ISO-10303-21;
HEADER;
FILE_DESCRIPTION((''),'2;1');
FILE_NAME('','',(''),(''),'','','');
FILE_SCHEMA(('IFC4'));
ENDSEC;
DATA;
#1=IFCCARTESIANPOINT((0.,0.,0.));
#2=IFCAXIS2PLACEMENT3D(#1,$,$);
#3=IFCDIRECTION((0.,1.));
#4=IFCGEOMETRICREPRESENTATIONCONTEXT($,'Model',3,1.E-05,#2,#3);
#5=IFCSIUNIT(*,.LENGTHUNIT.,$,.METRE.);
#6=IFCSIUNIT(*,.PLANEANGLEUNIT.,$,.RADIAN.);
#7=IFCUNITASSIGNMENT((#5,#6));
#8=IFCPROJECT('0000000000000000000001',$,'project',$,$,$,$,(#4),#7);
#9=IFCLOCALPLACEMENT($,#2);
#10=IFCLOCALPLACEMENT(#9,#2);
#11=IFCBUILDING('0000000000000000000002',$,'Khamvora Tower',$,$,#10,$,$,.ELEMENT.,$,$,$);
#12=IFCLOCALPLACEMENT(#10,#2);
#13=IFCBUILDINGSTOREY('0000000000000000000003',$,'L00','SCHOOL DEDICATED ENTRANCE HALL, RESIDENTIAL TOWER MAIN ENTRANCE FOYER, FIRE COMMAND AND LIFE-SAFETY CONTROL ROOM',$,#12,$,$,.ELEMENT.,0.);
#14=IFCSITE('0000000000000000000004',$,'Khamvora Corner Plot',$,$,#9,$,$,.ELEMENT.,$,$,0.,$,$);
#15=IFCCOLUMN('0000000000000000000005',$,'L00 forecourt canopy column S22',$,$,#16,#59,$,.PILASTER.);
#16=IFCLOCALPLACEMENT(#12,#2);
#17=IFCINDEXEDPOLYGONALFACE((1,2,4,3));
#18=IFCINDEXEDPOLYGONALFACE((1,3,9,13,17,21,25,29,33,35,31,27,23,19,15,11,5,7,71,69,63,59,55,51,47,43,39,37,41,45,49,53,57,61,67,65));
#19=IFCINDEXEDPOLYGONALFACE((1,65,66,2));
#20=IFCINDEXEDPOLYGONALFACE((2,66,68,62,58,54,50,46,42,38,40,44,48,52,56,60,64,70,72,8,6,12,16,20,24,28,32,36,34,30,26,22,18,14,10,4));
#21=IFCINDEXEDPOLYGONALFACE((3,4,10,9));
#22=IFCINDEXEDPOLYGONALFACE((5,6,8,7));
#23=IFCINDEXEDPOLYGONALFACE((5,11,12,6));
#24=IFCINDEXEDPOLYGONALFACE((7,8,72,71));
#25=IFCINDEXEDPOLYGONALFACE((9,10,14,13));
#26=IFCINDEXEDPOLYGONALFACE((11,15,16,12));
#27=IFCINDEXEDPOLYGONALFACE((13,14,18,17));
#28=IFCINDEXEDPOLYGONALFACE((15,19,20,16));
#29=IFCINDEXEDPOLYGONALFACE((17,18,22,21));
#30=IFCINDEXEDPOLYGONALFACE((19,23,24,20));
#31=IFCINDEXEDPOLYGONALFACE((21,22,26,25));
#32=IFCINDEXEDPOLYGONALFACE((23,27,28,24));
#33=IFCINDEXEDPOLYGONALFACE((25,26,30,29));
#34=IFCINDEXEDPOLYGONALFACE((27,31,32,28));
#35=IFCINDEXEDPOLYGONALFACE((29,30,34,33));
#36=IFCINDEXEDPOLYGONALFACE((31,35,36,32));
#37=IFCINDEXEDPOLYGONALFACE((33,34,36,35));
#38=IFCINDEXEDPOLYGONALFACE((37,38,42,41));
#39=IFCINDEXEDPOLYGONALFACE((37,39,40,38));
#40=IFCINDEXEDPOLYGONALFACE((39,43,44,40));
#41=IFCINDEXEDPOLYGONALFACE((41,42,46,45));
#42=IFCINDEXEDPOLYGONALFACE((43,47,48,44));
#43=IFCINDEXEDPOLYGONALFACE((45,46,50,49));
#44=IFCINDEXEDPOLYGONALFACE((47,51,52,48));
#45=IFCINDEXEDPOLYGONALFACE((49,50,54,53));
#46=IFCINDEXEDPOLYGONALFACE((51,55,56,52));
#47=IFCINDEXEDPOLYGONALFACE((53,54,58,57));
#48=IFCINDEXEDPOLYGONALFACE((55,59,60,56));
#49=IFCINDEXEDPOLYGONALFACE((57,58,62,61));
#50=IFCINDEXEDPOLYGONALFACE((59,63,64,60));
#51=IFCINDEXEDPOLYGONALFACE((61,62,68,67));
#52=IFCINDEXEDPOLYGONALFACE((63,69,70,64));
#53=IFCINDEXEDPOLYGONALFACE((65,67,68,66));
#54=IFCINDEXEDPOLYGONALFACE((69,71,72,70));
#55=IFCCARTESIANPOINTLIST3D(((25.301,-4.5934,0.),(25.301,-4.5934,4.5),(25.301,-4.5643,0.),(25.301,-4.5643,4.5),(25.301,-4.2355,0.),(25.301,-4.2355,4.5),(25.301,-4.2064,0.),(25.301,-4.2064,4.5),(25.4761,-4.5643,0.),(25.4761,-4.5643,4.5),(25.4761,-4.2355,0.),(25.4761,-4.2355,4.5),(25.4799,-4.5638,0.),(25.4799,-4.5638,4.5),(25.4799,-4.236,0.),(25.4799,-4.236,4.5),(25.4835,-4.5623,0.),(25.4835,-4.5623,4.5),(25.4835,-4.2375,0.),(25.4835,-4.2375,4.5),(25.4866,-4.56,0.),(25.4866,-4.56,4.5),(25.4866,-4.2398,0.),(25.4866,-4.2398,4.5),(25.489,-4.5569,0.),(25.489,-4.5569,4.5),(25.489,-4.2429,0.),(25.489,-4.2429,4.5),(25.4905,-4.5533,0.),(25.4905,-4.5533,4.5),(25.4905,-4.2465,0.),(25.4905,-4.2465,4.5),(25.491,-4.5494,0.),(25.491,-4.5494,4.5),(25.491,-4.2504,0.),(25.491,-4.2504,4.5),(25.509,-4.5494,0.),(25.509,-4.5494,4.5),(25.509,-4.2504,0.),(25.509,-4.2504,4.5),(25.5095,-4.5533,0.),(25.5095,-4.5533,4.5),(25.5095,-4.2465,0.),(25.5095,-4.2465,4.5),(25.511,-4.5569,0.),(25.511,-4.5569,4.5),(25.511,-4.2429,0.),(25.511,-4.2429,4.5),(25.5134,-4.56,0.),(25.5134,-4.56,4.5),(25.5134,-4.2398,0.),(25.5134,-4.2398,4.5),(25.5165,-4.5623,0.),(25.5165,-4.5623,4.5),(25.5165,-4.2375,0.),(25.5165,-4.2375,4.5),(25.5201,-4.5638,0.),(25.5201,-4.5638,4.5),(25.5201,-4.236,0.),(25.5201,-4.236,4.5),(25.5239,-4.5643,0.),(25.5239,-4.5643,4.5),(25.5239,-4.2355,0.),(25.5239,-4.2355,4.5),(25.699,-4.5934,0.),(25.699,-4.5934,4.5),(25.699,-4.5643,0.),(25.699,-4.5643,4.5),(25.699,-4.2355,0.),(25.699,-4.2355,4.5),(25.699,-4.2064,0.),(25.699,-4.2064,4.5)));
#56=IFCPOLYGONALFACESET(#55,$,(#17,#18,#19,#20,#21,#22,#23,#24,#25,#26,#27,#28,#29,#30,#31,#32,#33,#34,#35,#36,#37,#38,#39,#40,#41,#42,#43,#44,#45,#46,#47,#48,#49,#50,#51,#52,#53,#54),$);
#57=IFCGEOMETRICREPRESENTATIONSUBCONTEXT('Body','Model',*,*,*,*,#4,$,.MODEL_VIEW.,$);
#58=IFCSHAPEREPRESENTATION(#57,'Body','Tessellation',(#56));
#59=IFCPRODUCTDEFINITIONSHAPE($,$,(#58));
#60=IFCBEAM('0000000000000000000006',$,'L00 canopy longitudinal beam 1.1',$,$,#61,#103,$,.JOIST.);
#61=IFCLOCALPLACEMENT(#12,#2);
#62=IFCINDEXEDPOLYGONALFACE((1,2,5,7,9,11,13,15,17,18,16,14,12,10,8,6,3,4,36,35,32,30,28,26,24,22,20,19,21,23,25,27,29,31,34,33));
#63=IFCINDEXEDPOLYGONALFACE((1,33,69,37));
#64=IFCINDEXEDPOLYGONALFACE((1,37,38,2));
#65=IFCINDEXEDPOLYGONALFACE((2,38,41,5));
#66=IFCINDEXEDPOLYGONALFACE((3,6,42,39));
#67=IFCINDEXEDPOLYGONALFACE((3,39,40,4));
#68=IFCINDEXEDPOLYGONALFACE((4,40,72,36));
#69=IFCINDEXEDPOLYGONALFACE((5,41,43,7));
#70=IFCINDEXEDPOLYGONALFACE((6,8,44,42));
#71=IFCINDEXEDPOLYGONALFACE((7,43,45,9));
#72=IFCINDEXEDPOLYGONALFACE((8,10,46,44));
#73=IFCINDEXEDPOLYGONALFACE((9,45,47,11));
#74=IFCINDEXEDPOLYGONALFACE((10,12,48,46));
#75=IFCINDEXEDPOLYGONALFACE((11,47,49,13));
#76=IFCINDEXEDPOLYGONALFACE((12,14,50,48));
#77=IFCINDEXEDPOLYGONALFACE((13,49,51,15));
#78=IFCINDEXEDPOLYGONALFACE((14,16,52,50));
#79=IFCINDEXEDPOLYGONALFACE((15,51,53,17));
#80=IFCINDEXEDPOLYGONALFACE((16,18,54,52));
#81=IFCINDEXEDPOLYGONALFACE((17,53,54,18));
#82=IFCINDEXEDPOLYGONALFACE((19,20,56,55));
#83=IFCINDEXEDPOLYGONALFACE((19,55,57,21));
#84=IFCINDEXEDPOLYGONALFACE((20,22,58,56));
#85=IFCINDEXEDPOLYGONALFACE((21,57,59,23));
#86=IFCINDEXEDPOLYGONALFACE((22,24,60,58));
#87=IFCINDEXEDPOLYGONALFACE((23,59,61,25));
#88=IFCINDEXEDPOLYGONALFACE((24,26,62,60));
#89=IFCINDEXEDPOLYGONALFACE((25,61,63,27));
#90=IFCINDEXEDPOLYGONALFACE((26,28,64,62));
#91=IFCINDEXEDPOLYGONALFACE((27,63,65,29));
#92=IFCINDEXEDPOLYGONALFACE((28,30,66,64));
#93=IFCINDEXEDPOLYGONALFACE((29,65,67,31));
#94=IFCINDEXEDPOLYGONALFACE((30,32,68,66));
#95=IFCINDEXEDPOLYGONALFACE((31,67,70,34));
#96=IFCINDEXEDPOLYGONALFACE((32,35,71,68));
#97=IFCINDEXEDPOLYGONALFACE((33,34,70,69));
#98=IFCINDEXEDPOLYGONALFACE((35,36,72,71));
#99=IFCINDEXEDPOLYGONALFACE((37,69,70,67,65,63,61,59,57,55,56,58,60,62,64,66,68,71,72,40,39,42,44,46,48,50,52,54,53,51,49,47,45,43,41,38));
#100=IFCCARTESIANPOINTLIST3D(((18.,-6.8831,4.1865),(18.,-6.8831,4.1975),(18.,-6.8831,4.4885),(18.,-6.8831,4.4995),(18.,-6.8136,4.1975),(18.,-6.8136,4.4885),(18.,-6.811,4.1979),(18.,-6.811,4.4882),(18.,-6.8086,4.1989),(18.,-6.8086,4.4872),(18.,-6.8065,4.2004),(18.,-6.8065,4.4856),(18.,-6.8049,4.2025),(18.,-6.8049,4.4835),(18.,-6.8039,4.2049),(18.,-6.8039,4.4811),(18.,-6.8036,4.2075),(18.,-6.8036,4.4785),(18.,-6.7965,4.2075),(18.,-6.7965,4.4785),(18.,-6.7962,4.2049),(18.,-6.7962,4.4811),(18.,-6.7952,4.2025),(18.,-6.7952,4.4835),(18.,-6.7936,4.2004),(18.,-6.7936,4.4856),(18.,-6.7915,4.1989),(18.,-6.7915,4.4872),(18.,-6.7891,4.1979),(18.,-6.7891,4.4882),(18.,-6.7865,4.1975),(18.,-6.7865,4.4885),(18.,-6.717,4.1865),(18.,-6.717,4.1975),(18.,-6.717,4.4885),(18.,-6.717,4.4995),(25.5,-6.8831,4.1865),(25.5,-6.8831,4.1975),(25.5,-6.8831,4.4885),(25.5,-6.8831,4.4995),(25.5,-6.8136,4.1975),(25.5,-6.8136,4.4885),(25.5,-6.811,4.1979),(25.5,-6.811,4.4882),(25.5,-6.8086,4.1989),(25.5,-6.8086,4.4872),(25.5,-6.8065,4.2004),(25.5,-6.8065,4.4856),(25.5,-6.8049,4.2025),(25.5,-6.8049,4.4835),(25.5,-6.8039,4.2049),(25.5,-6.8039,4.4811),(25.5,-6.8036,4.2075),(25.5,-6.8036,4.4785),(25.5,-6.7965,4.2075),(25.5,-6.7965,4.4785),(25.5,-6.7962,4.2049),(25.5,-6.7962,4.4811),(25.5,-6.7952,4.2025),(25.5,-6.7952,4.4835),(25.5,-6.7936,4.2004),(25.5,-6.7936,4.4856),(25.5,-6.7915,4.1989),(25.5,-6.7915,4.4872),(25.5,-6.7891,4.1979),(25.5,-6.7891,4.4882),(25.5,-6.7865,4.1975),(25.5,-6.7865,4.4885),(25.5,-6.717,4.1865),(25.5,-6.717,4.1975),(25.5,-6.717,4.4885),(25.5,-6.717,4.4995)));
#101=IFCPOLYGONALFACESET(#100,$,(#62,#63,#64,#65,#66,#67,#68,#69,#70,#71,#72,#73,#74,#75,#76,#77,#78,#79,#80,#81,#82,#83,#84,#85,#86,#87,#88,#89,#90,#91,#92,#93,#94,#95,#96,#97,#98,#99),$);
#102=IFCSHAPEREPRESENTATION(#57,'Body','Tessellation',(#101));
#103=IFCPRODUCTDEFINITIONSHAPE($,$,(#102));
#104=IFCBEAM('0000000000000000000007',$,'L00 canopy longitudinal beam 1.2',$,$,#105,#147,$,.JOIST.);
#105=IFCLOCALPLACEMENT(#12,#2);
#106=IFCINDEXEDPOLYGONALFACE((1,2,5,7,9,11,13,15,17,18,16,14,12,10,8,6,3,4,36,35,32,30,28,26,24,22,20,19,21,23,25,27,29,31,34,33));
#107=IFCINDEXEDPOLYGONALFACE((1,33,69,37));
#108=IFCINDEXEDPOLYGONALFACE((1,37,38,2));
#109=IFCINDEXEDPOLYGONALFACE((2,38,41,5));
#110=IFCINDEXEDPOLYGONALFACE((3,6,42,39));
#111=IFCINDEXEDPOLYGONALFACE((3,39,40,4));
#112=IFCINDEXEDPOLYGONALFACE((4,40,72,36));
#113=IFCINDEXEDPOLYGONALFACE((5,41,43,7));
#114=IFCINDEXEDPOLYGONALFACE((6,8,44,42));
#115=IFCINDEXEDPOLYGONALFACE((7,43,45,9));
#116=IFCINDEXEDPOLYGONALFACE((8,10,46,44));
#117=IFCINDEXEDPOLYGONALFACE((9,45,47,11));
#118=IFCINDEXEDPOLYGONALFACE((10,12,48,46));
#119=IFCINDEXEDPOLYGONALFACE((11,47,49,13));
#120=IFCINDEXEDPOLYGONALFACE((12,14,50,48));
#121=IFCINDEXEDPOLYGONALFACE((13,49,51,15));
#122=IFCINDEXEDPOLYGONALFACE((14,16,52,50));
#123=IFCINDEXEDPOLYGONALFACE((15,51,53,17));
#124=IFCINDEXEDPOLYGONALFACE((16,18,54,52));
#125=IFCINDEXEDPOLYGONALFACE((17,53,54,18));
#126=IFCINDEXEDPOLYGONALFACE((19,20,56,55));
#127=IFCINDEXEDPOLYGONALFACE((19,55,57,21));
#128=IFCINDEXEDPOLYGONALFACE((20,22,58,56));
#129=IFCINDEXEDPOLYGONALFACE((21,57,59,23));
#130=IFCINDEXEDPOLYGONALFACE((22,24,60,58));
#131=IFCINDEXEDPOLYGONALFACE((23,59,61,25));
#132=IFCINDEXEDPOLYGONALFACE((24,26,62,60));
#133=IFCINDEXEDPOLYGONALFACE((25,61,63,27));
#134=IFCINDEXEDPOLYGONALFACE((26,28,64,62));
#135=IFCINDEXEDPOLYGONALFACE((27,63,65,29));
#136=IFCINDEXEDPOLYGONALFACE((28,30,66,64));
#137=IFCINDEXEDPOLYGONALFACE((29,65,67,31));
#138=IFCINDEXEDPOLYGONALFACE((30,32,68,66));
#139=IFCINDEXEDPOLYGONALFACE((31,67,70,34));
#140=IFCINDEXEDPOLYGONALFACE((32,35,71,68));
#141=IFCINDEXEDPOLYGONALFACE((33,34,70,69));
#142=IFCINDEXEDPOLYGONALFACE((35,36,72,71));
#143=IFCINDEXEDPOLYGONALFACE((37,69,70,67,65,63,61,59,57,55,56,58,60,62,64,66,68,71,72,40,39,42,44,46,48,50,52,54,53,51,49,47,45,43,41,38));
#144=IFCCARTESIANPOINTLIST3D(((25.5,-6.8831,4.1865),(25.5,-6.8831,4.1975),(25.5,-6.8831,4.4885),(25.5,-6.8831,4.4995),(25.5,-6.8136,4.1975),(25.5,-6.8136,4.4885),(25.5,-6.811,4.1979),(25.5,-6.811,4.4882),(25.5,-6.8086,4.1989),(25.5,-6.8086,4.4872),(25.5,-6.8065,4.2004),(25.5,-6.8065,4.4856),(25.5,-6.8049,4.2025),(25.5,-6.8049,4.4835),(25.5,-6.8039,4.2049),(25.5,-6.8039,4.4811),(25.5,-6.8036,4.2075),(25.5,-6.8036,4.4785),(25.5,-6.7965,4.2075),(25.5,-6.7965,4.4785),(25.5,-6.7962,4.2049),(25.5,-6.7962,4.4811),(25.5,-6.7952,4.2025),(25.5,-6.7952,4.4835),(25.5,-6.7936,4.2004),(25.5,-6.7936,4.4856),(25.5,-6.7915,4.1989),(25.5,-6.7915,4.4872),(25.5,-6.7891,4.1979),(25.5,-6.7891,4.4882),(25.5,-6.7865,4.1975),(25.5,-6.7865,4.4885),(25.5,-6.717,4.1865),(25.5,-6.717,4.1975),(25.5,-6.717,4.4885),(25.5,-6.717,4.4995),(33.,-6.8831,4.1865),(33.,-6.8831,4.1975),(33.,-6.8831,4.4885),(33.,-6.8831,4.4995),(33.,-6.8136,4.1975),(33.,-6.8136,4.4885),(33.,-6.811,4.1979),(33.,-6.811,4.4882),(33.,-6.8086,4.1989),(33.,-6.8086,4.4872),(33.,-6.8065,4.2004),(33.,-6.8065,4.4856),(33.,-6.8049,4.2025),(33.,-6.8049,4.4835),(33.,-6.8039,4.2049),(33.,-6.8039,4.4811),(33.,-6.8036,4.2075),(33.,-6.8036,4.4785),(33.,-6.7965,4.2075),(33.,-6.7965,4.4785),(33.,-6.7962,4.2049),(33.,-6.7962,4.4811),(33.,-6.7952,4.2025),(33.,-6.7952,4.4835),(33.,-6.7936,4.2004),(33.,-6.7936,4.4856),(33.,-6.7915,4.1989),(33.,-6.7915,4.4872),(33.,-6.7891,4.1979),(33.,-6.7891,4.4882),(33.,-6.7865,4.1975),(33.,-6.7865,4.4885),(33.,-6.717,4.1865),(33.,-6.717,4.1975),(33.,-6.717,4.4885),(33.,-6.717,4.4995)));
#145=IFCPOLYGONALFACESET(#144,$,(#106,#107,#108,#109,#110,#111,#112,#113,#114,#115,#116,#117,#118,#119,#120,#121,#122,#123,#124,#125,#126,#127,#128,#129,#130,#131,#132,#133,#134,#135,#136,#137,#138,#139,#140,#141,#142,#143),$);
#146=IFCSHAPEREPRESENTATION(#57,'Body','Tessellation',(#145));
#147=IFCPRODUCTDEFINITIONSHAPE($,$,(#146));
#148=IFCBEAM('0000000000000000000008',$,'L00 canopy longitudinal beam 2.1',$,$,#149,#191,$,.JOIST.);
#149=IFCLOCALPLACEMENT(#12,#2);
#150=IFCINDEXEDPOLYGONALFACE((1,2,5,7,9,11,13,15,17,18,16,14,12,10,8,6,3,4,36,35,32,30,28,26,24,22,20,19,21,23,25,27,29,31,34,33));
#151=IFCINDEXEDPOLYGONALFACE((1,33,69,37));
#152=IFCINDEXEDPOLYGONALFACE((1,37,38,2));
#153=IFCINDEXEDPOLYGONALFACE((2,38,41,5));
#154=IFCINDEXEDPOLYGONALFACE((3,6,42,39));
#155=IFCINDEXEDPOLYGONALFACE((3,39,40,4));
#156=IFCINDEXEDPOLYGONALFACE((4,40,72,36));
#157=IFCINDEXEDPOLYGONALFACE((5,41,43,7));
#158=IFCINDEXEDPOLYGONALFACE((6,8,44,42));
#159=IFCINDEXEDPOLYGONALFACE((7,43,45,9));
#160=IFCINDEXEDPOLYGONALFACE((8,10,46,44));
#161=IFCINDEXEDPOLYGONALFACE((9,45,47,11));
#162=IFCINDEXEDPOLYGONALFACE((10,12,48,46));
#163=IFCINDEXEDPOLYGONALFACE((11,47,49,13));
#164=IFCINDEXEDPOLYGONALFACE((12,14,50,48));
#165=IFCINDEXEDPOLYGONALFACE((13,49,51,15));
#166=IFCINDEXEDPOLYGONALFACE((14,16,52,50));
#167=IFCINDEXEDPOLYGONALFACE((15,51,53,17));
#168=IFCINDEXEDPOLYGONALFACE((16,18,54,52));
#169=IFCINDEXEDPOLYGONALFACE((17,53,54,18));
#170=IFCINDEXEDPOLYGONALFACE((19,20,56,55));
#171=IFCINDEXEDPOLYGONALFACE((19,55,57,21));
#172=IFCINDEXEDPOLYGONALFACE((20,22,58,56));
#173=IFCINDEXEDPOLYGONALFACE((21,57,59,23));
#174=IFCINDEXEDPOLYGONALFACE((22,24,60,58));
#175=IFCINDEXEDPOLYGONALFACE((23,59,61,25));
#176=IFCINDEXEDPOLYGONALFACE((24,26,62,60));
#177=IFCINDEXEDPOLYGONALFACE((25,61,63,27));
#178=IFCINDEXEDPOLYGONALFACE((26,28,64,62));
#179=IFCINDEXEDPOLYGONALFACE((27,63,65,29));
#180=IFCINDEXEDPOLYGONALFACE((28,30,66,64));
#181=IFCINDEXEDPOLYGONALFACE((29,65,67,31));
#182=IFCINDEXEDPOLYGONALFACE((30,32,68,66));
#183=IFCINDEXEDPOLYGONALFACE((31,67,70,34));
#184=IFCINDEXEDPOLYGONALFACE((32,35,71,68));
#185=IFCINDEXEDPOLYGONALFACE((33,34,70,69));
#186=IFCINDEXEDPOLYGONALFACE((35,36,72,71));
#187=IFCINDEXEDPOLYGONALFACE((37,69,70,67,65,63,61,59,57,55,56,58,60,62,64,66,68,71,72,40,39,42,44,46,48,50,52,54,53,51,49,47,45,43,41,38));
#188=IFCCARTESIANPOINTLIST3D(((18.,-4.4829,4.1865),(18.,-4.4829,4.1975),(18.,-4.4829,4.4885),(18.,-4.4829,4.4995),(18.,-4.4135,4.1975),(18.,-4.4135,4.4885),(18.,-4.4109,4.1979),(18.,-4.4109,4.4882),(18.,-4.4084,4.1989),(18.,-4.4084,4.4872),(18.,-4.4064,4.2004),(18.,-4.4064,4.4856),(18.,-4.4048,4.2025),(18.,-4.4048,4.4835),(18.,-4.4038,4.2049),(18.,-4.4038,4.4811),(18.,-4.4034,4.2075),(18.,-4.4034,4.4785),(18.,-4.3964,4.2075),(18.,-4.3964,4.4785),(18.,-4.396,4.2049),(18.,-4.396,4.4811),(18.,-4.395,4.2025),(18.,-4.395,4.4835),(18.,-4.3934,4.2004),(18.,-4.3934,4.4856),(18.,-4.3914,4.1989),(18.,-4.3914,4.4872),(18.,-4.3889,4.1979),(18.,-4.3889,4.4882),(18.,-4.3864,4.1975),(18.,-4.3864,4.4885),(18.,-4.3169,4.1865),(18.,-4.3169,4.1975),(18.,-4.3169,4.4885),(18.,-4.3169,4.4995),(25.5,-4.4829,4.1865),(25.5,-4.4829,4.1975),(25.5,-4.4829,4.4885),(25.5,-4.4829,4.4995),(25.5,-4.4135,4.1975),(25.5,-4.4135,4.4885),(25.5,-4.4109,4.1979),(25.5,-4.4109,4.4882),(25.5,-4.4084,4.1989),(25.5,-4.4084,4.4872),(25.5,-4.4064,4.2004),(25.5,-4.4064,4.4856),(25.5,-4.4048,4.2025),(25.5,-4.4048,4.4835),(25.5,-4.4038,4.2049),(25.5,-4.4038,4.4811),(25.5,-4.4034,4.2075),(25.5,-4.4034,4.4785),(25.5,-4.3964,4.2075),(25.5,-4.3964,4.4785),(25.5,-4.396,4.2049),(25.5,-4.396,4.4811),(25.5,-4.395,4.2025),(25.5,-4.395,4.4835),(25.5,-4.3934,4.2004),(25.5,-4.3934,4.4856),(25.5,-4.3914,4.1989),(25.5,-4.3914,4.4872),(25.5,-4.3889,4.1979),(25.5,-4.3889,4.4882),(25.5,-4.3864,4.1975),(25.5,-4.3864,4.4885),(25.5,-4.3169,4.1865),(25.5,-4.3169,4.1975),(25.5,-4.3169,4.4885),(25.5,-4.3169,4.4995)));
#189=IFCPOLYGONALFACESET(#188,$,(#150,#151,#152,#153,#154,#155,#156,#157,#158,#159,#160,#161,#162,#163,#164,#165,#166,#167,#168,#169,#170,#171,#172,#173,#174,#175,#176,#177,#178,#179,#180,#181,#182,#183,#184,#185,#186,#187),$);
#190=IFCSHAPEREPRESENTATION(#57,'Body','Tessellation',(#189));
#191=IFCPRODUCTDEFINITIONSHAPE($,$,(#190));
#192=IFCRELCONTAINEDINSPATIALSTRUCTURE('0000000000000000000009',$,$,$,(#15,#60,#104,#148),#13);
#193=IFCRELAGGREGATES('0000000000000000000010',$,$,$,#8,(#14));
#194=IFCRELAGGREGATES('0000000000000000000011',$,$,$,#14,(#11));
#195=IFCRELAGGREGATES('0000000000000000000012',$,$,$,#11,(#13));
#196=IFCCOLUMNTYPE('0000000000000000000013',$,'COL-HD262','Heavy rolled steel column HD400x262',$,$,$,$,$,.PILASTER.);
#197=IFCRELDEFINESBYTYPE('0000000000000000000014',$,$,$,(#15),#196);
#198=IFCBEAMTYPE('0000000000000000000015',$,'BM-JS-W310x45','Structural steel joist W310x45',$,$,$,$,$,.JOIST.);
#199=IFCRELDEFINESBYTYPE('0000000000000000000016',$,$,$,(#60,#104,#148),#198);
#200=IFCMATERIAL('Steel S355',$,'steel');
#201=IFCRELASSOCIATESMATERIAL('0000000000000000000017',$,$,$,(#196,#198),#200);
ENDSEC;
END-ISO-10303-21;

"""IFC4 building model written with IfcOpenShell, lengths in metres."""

from ifc_helpers import new_model, si_unit, direction, frame, origin, origin_2d, place, context, subcontext, project, spatial, i_section, extrude, material, material_profile, profile_set, type_object, element, save


model = new_model("IFC4")

# Units and contexts
model_context = context("Model", 3, precision=1e-05, world=origin(), true_north=direction((0.0, 1.0)))
body_context = subcontext(model_context, "Body", "Model", "MODEL_VIEW")
ifc_project = project(units=[si_unit("LENGTHUNIT", "METRE"), si_unit("PLANEANGLEUNIT", "RADIAN")], contexts=[model_context])

# Site, building, storey
site_placement = place(None, origin())
site = spatial("IfcSite", under=ifc_project, at=site_placement, Name="Khamvora Corner Plot", CompositionType="ELEMENT", RefElevation=0.0)
building_placement = place(site_placement, origin())
building = spatial("IfcBuilding", under=site, at=building_placement, Name="Khamvora Tower", CompositionType="ELEMENT")
storey_placement = place(building_placement, origin())
storey = spatial("IfcBuildingStorey", under=building, at=storey_placement, Name="L00", Description="SCHOOL DEDICATED ENTRANCE HALL, RESIDENTIAL TOWER MAIN ENTRANCE FOYER, FIRE COMMAND AND LIFE-SAFETY CONTROL ROOM", CompositionType="ELEMENT", Elevation=0.0)

# Column
ifc_material_1 = material(Name="Steel S355", Category="steel")
ifc_material_profile_1 = material_profile(ifc_material_1, i_section(OverallWidth=0.3979, OverallDepth=0.387, WebThickness=0.0181, FlangeThickness=0.0291, FilletRadius=0.0149, at=origin_2d()), Name="HD400x262")
ifc_profile_set_1 = profile_set([ifc_material_profile_1], Name="Steel S355")
column_type_1 = type_object("IfcColumnType", Name="COL-HD262", Description="Heavy rolled steel column HD400x262", PredefinedType="PILASTER", material=ifc_profile_set_1)
for number, where, z_axis, x_axis, name in (
    (1, (25.5, -4.3999, 0.0), (0.0, 0.0, 1.0), (1.0, 0.0, 0.0), "L00 forecourt canopy column S22"),
):
    element("IfcColumn", number, at=place(storey_placement, frame(where, z_axis=z_axis, x_axis=x_axis)), inside=storey, type_object=column_type_1, Name=name, PredefinedType="PILASTER", context=body_context, shape_type="SweptSolid", body=[
        extrude(i_section(OverallWidth=0.3979, OverallDepth=0.387, WebThickness=0.0181, FlangeThickness=0.0291, FilletRadius=0.0149, at=origin_2d()), origin(), (0.0, 0.0, 1.0), 4.5),
    ])

# Beams
ifc_material_profile_2 = material_profile(ifc_material_1, i_section(OverallWidth=0.166, OverallDepth=0.313, WebThickness=0.0071, FlangeThickness=0.011, FilletRadius=0.01, at=origin_2d()), Name="W310x45")
ifc_profile_set_2 = profile_set([ifc_material_profile_2], Name="Steel S355")
beam_type_1 = type_object("IfcBeamType", Name="BM-JS-W310x45", Description="Structural steel joist W310x45", PredefinedType="JOIST", material=ifc_profile_set_2)
for number, where, z_axis, x_axis, name in (
    (2, (18.0, -6.8, 4.343), (1.0, 0.0, 0.0), (0.0, 1.0, 0.0), "L00 canopy longitudinal beam 1.1"),
    (3, (25.5, -6.8, 4.343), (1.0, 0.0, 0.0), (0.0, 1.0, 0.0), "L00 canopy longitudinal beam 1.2"),
    (4, (18.0, -4.3999, 4.343), (1.0, 0.0, 0.0), (0.0, 1.0, 0.0), "L00 canopy longitudinal beam 2.1"),
):
    element("IfcBeam", number, at=place(storey_placement, frame(where, z_axis=z_axis, x_axis=x_axis)), inside=storey, type_object=beam_type_1, Name=name, PredefinedType="JOIST", context=body_context, shape_type="SweptSolid", body=[
        extrude(i_section(OverallWidth=0.166, OverallDepth=0.313, WebThickness=0.0071, FlangeThickness=0.011, FilletRadius=0.01, at=origin_2d()), origin(), (0.0, 0.0, 1.0), 7.5),
    ])

save(model, "model.ifc")
